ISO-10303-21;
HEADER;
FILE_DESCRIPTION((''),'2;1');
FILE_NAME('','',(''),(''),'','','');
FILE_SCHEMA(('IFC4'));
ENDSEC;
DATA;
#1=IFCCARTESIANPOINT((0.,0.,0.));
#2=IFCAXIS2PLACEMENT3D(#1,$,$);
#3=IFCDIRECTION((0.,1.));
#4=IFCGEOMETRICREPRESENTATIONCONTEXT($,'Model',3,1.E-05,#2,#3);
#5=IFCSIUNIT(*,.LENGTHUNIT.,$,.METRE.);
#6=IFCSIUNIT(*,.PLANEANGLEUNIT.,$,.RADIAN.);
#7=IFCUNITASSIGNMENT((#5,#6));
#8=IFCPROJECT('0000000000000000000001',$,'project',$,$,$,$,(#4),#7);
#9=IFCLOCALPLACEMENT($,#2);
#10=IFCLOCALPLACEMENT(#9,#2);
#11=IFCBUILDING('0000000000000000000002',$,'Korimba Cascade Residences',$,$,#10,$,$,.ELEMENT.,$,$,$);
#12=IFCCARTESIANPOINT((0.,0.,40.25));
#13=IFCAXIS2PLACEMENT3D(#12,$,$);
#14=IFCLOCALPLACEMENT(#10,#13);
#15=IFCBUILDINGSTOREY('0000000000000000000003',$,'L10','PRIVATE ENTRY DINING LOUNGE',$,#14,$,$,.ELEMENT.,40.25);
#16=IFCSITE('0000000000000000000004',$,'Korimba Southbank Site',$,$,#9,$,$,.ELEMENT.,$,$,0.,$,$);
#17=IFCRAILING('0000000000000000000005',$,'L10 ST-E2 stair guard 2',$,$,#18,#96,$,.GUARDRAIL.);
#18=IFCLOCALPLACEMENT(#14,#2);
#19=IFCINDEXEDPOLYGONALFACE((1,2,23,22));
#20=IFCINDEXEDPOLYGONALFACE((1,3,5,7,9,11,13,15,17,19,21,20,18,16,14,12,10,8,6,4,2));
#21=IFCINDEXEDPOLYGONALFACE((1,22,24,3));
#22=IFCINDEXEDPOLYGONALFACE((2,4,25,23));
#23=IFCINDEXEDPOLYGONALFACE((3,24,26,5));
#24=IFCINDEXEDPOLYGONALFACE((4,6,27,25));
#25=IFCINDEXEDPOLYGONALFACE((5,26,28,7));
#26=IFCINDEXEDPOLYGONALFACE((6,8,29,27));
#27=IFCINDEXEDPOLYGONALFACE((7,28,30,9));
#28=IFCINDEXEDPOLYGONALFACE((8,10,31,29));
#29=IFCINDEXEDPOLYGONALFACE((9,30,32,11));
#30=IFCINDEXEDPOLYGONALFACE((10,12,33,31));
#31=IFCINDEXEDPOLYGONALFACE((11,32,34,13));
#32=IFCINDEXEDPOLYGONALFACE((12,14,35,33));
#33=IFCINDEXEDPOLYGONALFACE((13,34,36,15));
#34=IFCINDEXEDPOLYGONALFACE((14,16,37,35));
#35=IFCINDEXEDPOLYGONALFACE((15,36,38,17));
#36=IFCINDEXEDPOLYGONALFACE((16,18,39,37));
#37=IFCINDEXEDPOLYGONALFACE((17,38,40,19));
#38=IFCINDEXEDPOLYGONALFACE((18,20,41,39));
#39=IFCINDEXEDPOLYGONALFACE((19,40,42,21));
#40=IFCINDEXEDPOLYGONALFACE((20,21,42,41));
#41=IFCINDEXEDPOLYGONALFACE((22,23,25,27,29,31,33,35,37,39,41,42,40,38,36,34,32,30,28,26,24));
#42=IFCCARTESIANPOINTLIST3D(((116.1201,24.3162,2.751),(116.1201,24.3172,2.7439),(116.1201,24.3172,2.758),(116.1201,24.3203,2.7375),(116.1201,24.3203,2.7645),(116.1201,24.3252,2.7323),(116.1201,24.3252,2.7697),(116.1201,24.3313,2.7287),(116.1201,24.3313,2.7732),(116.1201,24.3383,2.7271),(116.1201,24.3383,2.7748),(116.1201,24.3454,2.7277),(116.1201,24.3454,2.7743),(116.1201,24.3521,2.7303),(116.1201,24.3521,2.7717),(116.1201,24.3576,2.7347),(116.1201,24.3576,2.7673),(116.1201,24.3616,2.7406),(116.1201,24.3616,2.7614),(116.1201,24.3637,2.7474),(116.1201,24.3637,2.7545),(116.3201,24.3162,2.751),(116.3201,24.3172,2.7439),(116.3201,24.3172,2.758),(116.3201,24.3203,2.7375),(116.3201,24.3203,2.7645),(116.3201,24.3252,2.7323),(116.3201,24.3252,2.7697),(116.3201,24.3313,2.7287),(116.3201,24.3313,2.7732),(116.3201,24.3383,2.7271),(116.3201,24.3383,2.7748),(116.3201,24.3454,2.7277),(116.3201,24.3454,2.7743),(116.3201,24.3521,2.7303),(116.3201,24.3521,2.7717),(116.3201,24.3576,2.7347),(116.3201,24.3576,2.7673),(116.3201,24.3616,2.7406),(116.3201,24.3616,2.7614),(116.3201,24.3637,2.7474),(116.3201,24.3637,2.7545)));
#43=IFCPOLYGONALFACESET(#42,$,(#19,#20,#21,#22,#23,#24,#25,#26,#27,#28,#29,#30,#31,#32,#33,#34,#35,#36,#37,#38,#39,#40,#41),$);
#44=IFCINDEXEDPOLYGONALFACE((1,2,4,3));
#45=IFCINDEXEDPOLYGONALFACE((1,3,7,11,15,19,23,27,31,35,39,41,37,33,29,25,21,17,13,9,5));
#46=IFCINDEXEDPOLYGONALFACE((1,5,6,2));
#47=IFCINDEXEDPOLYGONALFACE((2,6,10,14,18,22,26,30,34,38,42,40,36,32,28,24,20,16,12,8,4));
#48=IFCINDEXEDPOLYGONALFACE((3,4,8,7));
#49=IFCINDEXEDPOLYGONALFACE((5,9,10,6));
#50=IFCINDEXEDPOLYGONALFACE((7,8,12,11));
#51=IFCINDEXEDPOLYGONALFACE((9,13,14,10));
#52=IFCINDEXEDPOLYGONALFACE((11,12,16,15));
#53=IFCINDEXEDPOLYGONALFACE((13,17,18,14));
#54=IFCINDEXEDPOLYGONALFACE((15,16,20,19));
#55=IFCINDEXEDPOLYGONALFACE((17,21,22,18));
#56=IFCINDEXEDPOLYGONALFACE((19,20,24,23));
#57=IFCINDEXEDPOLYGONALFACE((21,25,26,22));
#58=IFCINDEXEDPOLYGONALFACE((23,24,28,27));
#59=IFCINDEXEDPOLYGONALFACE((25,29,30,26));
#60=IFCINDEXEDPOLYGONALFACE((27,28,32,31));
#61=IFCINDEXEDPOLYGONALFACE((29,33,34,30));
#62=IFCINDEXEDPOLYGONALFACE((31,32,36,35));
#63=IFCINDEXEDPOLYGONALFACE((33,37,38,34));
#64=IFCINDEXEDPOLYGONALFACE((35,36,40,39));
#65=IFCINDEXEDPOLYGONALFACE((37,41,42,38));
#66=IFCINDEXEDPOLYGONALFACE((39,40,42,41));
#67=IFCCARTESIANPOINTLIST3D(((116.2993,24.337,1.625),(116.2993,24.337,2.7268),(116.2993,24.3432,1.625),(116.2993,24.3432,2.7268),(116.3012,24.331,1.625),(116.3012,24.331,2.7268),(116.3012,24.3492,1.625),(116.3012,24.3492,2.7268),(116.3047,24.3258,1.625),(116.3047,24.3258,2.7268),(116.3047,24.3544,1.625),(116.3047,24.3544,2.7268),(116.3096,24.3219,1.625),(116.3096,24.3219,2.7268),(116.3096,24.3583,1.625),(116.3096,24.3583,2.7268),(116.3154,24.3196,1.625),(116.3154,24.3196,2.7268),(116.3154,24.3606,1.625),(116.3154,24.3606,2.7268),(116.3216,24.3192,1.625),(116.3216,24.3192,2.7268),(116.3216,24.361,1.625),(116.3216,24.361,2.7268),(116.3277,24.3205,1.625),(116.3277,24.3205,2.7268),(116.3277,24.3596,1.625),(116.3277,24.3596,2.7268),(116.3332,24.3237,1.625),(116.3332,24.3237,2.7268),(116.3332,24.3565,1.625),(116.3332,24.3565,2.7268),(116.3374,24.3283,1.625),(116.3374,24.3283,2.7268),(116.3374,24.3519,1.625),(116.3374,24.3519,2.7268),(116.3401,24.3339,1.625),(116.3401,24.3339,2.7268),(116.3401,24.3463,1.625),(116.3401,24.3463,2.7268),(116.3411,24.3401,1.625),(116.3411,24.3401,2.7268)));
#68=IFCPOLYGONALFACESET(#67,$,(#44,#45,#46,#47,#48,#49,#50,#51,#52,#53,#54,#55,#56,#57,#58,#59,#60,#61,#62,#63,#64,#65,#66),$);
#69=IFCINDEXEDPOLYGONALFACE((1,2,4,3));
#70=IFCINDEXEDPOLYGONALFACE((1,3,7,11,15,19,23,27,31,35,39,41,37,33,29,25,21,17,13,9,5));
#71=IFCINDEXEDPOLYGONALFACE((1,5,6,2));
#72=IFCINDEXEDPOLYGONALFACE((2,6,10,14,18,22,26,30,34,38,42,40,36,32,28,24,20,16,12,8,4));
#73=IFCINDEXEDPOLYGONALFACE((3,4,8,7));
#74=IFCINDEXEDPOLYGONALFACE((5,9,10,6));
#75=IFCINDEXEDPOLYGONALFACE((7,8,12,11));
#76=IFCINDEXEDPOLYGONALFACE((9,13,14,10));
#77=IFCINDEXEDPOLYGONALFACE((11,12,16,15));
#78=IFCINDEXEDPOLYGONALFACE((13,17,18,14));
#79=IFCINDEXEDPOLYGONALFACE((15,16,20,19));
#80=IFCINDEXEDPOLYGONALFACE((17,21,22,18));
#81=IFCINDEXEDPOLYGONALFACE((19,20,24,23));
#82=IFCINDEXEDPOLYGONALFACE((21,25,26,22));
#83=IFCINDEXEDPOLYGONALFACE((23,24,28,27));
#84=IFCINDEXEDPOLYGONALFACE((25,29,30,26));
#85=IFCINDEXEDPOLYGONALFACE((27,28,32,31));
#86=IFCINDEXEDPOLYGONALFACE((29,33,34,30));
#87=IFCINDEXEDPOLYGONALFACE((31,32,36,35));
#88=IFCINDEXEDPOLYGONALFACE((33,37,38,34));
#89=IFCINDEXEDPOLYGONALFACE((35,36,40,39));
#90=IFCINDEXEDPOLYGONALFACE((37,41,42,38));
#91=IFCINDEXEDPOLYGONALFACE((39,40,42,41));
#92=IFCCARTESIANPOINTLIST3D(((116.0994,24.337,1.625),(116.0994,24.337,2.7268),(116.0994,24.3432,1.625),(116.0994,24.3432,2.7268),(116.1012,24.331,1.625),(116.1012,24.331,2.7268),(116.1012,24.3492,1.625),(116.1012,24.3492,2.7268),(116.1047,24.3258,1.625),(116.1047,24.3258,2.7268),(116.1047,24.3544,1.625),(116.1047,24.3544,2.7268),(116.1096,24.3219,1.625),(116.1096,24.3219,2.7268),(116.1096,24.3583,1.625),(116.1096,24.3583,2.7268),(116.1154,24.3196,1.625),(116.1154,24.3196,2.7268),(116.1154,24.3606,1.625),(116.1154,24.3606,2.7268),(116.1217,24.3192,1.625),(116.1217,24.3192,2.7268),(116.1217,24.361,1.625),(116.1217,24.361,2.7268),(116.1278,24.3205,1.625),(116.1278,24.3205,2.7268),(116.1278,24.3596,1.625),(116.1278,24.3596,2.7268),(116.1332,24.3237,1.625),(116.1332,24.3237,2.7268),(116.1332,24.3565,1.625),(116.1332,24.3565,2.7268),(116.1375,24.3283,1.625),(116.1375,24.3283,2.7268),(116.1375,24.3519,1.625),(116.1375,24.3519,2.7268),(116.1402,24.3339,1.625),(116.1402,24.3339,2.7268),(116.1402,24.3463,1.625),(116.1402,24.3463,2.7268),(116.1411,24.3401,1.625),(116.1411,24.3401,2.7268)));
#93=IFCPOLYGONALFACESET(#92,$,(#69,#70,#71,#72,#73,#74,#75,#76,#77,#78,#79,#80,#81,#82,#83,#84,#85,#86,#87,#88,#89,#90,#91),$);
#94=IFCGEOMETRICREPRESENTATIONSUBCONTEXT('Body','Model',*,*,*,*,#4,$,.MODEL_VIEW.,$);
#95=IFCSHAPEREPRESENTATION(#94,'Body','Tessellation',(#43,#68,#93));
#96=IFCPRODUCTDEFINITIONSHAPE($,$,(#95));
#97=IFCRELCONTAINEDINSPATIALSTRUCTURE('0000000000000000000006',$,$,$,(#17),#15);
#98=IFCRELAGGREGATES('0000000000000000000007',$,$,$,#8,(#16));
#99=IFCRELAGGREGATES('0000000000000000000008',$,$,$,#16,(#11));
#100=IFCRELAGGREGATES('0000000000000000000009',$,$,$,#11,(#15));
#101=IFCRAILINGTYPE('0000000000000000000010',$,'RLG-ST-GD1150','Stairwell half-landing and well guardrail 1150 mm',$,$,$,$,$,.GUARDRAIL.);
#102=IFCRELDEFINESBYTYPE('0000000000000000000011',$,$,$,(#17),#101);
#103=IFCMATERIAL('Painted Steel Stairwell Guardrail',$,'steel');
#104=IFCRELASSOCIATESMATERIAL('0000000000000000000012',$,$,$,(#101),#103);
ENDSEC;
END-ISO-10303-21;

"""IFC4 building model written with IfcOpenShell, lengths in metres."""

from ifc_helpers import new_model, si_unit, direction, frame, origin, origin_2d, place, context, subcontext, project, spatial, circle, extrude, material, type_object, element, save


model = new_model("IFC4")

# Units and contexts
model_context = context("Model", 3, precision=1e-05, world=origin(), true_north=direction((0.0, 1.0)))
body_context = subcontext(model_context, "Body", "Model", "MODEL_VIEW")
ifc_project = project(units=[si_unit("LENGTHUNIT", "METRE"), si_unit("PLANEANGLEUNIT", "RADIAN")], contexts=[model_context])

# Site, building, storey
site_placement = place(None, origin())
site = spatial("IfcSite", under=ifc_project, at=site_placement, Name="Korimba Southbank Site", CompositionType="ELEMENT", RefElevation=0.0)
building_placement = place(site_placement, origin())
building = spatial("IfcBuilding", under=site, at=building_placement, Name="Korimba Cascade Residences", CompositionType="ELEMENT")
storey_placement = place(building_placement, frame((0.0, 0.0, 40.25)))
storey = spatial("IfcBuildingStorey", under=building, at=storey_placement, Name="L10", Description="PRIVATE ENTRY DINING LOUNGE", CompositionType="ELEMENT", Elevation=40.25)

# Railing
ifc_material_1 = material(Name="Painted Steel Stairwell Guardrail", Category="steel")
railing_type_1 = type_object("IfcRailingType", Name="RLG-ST-GD1150", Description="Stairwell half-landing and well guardrail 1150 mm", PredefinedType="GUARDRAIL", material=ifc_material_1)
railing_1_placement = place(storey_placement, frame((116.3201, 24.3401, 1.625)))
element("IfcRailing", 1, at=railing_1_placement, inside=storey, type_object=railing_type_1, Name="L10 ST-E2 stair guard 2", PredefinedType="GUARDRAIL", context=body_context, shape_type="SweptSolid", body=[
    extrude(circle(Radius=0.0239, at=origin_2d()), frame((0.0, 0.0, 1.126), z_axis=(-1.0, 0.0, 0.0), x_axis=(0.0, -1.0, 0.0)), (0.0, 0.0, 1.0), 0.2),
    extrude(circle(Radius=0.021, at=origin_2d()), origin(), (0.0, 0.0, 1.0), 1.1018),
    extrude(circle(Radius=0.021, at=origin_2d()), frame((-0.2, 0.0, 0.0)), (0.0, 0.0, 1.0), 1.1018),
])

save(model, "model.ifc")
